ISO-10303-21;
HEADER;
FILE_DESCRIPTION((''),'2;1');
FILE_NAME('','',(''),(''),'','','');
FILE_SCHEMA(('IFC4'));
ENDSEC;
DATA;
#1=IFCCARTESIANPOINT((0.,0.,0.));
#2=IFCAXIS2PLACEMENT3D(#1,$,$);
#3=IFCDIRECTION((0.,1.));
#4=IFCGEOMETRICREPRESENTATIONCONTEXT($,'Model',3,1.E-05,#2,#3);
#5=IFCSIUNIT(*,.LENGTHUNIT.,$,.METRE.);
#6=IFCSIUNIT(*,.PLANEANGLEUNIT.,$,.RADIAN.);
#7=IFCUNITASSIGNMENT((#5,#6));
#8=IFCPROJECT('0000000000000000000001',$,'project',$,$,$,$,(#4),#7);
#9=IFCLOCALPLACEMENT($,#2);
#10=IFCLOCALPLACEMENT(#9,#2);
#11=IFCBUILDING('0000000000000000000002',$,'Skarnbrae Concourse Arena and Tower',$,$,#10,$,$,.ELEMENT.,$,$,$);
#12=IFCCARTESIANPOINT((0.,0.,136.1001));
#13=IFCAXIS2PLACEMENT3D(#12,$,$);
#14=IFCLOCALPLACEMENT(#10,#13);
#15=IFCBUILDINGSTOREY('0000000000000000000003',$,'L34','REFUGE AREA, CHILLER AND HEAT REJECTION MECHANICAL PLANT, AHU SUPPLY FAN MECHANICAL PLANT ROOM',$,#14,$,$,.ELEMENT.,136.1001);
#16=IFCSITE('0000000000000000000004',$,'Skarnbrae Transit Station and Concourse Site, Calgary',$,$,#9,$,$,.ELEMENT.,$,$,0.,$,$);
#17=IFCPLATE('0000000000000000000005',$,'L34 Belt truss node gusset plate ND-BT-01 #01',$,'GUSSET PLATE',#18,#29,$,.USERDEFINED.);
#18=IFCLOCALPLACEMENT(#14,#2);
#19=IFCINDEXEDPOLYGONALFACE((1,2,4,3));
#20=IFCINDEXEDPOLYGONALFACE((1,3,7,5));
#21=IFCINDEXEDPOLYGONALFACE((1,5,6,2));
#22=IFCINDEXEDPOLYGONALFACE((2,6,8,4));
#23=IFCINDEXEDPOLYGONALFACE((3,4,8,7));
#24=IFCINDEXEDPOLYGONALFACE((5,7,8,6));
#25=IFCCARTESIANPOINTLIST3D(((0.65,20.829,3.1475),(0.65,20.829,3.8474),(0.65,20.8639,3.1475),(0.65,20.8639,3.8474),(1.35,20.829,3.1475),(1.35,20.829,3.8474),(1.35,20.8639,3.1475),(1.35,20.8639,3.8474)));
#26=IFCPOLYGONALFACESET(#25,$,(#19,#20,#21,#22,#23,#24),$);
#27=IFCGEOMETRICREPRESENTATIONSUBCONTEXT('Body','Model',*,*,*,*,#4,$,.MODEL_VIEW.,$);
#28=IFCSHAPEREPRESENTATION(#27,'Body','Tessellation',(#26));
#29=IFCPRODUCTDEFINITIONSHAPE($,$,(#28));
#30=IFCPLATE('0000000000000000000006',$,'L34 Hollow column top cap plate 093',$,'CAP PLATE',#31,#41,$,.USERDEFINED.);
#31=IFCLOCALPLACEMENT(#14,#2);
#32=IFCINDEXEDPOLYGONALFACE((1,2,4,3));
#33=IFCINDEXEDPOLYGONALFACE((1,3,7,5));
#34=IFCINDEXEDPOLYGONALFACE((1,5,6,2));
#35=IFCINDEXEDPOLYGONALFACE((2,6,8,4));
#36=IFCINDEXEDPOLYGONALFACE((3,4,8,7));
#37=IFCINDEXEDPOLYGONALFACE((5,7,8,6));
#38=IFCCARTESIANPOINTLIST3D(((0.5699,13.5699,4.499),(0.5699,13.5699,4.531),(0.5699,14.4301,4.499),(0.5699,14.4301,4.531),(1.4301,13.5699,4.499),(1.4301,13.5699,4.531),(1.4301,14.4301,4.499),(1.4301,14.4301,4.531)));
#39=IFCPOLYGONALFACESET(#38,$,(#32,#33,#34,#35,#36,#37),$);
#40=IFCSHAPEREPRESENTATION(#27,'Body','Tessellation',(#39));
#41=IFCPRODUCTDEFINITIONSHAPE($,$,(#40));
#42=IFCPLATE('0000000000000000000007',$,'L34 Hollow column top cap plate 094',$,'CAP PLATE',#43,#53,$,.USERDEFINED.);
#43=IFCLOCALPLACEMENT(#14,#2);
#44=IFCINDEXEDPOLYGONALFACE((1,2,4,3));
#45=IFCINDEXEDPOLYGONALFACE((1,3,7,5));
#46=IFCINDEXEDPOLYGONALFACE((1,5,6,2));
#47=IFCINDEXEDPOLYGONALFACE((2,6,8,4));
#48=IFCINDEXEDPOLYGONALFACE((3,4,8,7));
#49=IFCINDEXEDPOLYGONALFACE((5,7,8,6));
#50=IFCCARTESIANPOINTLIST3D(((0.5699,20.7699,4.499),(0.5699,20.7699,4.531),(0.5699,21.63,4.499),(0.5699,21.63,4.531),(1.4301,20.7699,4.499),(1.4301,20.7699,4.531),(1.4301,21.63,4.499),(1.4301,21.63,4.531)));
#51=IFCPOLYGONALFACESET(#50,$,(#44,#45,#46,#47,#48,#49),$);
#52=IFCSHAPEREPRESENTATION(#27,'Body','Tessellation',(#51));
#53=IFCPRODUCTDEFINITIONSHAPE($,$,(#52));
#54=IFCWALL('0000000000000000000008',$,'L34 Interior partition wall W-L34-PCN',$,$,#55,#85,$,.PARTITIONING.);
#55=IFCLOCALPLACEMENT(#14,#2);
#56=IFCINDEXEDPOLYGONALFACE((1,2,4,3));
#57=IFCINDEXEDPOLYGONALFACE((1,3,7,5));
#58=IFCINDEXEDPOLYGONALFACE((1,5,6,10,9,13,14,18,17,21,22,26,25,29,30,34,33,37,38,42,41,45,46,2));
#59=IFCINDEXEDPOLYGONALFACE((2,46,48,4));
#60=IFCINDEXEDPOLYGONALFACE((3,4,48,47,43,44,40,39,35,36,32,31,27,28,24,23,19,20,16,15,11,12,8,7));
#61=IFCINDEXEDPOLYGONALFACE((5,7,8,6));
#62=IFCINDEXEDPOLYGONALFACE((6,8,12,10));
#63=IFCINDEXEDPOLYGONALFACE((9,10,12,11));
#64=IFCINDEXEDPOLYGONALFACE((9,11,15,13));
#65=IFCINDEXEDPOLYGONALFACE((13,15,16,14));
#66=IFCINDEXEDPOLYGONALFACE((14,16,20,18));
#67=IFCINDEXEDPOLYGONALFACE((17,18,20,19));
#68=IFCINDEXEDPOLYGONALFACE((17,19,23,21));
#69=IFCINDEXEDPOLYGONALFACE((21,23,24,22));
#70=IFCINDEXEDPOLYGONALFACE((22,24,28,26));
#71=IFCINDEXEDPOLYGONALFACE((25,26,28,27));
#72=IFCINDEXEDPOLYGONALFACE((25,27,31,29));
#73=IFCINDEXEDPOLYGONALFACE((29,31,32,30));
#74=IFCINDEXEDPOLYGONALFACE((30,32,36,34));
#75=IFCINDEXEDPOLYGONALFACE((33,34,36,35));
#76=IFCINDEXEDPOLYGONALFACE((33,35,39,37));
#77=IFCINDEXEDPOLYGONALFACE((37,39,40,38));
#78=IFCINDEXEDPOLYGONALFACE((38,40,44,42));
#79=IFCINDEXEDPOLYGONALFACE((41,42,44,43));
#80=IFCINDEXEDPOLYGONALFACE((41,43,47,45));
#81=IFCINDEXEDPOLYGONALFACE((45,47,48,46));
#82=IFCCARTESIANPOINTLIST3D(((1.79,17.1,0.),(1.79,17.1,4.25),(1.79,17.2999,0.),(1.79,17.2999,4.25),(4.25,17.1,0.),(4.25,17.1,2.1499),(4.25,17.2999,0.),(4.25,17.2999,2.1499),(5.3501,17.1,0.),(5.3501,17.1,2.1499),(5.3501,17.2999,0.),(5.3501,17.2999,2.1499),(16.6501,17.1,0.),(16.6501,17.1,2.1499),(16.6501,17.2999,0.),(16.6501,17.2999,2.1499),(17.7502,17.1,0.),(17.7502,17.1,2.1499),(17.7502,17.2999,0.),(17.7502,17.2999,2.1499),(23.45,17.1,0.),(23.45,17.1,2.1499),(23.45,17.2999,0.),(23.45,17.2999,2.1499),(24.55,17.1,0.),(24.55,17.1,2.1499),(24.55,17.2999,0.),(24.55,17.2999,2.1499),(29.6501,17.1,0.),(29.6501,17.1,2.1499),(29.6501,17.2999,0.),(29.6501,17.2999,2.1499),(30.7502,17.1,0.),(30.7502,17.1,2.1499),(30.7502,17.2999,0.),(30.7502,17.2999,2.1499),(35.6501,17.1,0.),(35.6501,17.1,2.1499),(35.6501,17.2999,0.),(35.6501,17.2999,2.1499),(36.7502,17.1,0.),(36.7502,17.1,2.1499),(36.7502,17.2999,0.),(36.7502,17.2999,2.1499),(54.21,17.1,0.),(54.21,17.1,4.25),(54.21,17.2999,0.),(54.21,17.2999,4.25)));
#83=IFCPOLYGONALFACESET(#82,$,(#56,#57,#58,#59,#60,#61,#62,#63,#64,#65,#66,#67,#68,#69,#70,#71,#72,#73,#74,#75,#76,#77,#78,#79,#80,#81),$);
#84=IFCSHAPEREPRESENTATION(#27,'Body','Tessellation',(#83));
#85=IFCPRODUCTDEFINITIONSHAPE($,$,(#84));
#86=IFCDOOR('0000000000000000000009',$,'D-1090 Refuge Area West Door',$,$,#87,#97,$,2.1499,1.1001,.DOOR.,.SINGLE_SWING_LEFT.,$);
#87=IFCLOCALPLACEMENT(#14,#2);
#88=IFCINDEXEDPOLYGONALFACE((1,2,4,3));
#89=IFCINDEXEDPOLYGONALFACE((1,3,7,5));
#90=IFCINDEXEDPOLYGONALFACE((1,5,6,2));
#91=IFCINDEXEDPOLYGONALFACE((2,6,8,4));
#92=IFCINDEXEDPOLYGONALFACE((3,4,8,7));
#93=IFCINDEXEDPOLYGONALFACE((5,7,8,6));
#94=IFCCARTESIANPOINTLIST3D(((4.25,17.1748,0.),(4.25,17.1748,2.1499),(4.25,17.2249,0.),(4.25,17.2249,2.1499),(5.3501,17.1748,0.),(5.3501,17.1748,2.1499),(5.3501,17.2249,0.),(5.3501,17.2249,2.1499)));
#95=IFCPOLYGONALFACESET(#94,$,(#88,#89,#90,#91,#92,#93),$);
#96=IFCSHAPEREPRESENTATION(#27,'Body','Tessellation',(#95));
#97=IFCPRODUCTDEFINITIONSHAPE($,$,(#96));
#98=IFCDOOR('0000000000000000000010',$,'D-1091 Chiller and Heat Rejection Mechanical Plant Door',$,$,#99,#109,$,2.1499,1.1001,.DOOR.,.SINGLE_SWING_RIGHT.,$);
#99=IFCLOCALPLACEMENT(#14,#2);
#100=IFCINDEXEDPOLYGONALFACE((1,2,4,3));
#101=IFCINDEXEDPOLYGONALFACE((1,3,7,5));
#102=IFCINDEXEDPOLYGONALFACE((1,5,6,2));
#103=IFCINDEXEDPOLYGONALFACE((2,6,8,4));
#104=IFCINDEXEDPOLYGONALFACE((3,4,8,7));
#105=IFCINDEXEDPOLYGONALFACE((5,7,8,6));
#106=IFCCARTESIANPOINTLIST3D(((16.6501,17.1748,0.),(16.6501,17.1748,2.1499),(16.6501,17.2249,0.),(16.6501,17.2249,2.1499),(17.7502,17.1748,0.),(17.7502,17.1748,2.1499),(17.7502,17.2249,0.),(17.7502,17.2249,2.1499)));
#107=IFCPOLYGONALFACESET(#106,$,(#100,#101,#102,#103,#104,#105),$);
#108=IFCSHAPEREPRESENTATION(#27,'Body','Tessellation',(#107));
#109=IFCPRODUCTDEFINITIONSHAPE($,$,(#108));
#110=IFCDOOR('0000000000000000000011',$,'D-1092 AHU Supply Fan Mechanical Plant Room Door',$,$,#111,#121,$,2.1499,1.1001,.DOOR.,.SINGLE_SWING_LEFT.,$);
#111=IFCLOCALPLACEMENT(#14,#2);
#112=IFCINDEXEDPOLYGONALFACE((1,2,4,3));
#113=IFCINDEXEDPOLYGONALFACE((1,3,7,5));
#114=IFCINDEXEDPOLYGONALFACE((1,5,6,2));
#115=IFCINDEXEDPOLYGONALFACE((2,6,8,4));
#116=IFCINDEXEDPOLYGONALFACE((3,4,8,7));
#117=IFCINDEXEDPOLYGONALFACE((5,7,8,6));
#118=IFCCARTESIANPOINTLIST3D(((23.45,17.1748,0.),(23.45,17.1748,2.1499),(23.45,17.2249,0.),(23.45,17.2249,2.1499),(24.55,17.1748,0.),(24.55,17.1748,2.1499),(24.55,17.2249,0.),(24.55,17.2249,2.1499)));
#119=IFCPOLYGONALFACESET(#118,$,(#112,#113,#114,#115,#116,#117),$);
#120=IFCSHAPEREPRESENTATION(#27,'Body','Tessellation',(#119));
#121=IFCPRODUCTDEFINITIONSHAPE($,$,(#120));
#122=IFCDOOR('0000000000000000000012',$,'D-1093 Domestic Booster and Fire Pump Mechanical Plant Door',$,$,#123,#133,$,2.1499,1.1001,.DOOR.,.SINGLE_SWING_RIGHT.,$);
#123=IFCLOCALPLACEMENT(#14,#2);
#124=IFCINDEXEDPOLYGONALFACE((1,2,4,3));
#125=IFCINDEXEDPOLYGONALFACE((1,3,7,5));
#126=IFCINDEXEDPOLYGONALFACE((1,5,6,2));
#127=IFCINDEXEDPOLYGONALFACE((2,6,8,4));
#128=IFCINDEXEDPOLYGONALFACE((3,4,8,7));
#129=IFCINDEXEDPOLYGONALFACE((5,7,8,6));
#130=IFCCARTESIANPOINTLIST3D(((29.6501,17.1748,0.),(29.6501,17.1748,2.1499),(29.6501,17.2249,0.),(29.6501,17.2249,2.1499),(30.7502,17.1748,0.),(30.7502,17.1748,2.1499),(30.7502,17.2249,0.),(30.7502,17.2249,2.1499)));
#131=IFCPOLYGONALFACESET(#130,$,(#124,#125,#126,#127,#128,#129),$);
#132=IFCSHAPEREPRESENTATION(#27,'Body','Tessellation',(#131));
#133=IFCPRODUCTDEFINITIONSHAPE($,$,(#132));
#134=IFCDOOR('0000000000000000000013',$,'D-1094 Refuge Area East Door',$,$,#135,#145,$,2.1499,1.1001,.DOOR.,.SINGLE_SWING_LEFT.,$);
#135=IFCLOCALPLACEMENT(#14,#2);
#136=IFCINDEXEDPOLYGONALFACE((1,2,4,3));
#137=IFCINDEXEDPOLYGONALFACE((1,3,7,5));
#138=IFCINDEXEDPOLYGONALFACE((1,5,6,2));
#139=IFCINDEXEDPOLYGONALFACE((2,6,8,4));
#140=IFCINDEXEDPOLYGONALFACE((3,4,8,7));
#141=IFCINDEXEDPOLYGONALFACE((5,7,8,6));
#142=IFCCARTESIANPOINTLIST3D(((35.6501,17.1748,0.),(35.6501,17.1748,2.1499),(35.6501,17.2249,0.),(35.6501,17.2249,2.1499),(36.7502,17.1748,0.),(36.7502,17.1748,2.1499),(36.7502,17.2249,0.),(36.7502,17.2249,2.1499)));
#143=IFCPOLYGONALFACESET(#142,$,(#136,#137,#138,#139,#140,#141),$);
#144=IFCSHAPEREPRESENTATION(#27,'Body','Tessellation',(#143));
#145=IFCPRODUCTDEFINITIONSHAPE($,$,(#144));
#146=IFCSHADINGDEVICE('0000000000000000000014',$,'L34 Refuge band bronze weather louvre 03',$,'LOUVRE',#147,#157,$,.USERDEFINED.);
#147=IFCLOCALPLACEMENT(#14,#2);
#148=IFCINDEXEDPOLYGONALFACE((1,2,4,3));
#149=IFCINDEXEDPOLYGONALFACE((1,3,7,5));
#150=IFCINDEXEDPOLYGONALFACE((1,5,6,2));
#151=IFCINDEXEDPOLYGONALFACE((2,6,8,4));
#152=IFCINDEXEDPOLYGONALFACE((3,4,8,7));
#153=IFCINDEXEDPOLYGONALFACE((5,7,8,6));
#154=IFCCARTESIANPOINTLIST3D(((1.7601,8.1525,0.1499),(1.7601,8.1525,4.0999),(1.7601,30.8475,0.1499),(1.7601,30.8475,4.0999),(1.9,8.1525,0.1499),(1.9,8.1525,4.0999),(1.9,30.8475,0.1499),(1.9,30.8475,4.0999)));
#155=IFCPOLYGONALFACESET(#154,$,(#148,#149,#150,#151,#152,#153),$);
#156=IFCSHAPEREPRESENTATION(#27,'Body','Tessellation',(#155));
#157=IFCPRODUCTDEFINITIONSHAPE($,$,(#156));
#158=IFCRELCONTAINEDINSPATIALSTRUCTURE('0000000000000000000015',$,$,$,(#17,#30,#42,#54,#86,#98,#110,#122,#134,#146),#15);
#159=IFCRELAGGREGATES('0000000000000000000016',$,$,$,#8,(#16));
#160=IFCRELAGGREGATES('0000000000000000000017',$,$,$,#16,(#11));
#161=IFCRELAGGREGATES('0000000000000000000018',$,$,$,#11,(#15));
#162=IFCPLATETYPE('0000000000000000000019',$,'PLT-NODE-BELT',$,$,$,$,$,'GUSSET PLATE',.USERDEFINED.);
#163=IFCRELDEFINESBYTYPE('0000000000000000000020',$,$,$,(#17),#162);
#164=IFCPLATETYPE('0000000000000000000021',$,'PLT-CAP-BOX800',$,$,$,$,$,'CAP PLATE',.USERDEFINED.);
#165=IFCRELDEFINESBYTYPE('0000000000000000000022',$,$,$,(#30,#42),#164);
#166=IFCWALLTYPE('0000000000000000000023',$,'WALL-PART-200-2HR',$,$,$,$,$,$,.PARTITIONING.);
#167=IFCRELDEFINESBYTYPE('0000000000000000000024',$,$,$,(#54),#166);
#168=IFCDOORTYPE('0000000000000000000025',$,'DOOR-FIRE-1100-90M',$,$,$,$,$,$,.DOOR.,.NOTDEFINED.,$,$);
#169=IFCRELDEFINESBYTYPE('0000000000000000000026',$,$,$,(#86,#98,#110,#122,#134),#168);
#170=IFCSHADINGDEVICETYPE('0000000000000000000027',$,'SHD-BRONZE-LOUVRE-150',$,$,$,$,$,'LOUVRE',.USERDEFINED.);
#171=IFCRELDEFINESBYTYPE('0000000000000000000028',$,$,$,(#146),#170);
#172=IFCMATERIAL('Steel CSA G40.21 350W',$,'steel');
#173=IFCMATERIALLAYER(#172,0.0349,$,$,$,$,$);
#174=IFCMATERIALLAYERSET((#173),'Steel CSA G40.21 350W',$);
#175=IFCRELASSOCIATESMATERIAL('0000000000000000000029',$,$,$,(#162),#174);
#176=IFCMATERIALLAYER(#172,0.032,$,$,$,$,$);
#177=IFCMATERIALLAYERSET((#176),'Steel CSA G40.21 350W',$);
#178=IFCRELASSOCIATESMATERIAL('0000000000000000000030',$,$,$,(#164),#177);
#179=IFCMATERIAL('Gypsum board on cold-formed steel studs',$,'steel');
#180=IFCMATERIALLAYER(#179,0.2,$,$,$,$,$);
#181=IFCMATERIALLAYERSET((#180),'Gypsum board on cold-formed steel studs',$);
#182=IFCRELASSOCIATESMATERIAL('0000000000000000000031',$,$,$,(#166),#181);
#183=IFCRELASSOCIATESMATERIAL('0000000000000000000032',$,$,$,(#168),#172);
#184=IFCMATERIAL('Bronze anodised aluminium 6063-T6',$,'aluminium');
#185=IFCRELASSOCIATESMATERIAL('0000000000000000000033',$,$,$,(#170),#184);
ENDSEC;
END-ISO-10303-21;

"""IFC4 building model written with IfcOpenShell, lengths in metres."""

from ifc_helpers import new_model, si_unit, direction, frame, frame_2d, origin, origin_2d, place, context, subcontext, project, spatial, rectangle, extrude, source, transform, mapped, material, layer, layer_set, type_object, element, fill, save


model = new_model("IFC4")

# Units and contexts
model_context = context("Model", 3, precision=1e-05, world=origin(), true_north=direction((0.0, 1.0)))
body_context = subcontext(model_context, "Body", "Model", "MODEL_VIEW")
ifc_project = project(units=[si_unit("LENGTHUNIT", "METRE"), si_unit("PLANEANGLEUNIT", "RADIAN")], contexts=[model_context])

# Site, building, storey
site_placement = place(None, origin())
site = spatial("IfcSite", under=ifc_project, at=site_placement, Name="Skarnbrae Transit Station and Concourse Site, Calgary", CompositionType="ELEMENT", RefElevation=0.0)
building_placement = place(site_placement, origin())
building = spatial("IfcBuilding", under=site, at=building_placement, Name="Skarnbrae Concourse Arena and Tower", CompositionType="ELEMENT")
storey_placement = place(building_placement, frame((0.0, 0.0, 136.1001)))
storey = spatial("IfcBuildingStorey", under=building, at=storey_placement, Name="L34", Description="REFUGE AREA, CHILLER AND HEAT REJECTION MECHANICAL PLANT, AHU SUPPLY FAN MECHANICAL PLANT ROOM", CompositionType="ELEMENT", Elevation=136.1001)

# Shared definitions
ifc_material_1 = material(Name="Steel CSA G40.21 350W", Category="steel")

# Plates
ifc_layer_1 = layer(ifc_material_1, 0.0349)
ifc_layer_set_1 = layer_set([ifc_layer_1], Name="Steel CSA G40.21 350W")
plate_type_1 = type_object("IfcPlateType", Name="PLT-NODE-BELT", ElementType="GUSSET PLATE", PredefinedType="USERDEFINED", material=ifc_layer_set_1)
shared_shape_1 = source(origin(), body_context, "Body", "SweptSolid", [
    extrude(rectangle(XDim=0.7, YDim=0.0349, at=origin_2d()), origin(), (0.0, 0.0, 1.0), 0.7),
])
plate_placement = place(storey_placement, frame((1.0, 20.8464, 3.1475), z_axis=(0.0, 0.0, 1.0), x_axis=(1.0, 0.0, 0.0)))
element("IfcPlate", 1, at=plate_placement, inside=storey, type_object=plate_type_1, Name="L34 Belt truss node gusset plate ND-BT-01 #01", ObjectType="GUSSET PLATE", PredefinedType="USERDEFINED", context=body_context, shape_type="MappedRepresentation", body=[
    mapped(shared_shape_1, transform((0.0, 0.0, 0.0))),
])
ifc_layer_2 = layer(ifc_material_1, 0.032)
ifc_layer_set_2 = layer_set([ifc_layer_2], Name="Steel CSA G40.21 350W")
plate_type_2 = type_object("IfcPlateType", Name="PLT-CAP-BOX800", ElementType="CAP PLATE", PredefinedType="USERDEFINED", material=ifc_layer_set_2)
shared_shape_2 = source(origin(), body_context, "Body", "SweptSolid", [
    extrude(rectangle(XDim=0.8601, YDim=0.8601, at=origin_2d()), origin(), (0.0, 0.0, 1.0), 0.032),
])
for number, where, z_axis, x_axis, name in (
    (2, (1.0, 14.0, 4.499), (0.0, 0.0, 1.0), (1.0, 0.0, 0.0), "L34 Hollow column top cap plate 093"),
    (3, (1.0, 21.2, 4.499), (0.0, 0.0, 1.0), (1.0, 0.0, 0.0), "L34 Hollow column top cap plate 094"),
):
    element("IfcPlate", number, at=place(storey_placement, frame(where, z_axis=z_axis, x_axis=x_axis)), inside=storey, type_object=plate_type_2, Name=name, ObjectType="CAP PLATE", PredefinedType="USERDEFINED", context=body_context, shape_type="MappedRepresentation", body=[
        mapped(shared_shape_2, transform((0.0, 0.0, 0.0))),
    ])

# Wall, openings, doors
ifc_material_2 = material(Name="Gypsum board on cold-formed steel studs", Category="steel")
ifc_layer_3 = layer(ifc_material_2, 0.2)
ifc_layer_set_3 = layer_set([ifc_layer_3], Name="Gypsum board on cold-formed steel studs")
wall_type = type_object("IfcWallType", Name="WALL-PART-200-2HR", PredefinedType="PARTITIONING", material=ifc_layer_set_3)
shared_shape_3 = source(origin(), body_context, "Body", "SweptSolid", [
    extrude(rectangle(XDim=52.4199, YDim=0.2, at=frame_2d((26.21, 0.0))), origin(), (0.0, 0.0, 1.0), 4.25),
])
wall_placement = place(storey_placement, frame((1.79, 17.2, 0.0), z_axis=(0.0, 0.0, 1.0), x_axis=(1.0, 0.0, 0.0)))
wall = element("IfcWall", 4, at=wall_placement, inside=storey, type_object=wall_type, Name="L34 Interior partition wall W-L34-PCN", PredefinedType="PARTITIONING", context=body_context, shape_type="MappedRepresentation", body=[
    mapped(shared_shape_3, transform((0.0, 0.0, 0.0))),
])
opening_1_placement = place(wall_placement, frame((2.46, 0.0, 0.0)))
opening_1 = element("IfcOpeningElement", 5, at=opening_1_placement, cuts=wall, PredefinedType="OPENING", context=body_context, shape_type="SweptSolid", body=[
    extrude(rectangle(XDim=1.1001, YDim=2.1499, at=frame_2d((0.55, 1.075))), frame((0.0, 0.1099, 0.0), z_axis=(0.0, -1.0, 0.0), x_axis=(1.0, 0.0, 0.0)), (0.0, 0.0, 1.0), 0.22),
])
opening_2_placement = place(wall_placement, frame((14.8601, 0.0, 0.0)))
opening_2 = element("IfcOpeningElement", 6, at=opening_2_placement, cuts=wall, PredefinedType="OPENING", context=body_context, shape_type="SweptSolid", body=[
    extrude(rectangle(XDim=1.1001, YDim=2.1499, at=frame_2d((0.55, 1.075))), frame((0.0, 0.1099, 0.0), z_axis=(0.0, -1.0, 0.0), x_axis=(1.0, 0.0, 0.0)), (0.0, 0.0, 1.0), 0.22),
])
opening_3_placement = place(wall_placement, frame((21.6599, 0.0, 0.0)))
opening_3 = element("IfcOpeningElement", 7, at=opening_3_placement, cuts=wall, PredefinedType="OPENING", context=body_context, shape_type="SweptSolid", body=[
    extrude(rectangle(XDim=1.1001, YDim=2.1499, at=frame_2d((0.55, 1.075))), frame((0.0, 0.1099, 0.0), z_axis=(0.0, -1.0, 0.0), x_axis=(1.0, 0.0, 0.0)), (0.0, 0.0, 1.0), 0.22),
])
opening_4_placement = place(wall_placement, frame((27.8601, 0.0, 0.0)))
opening_4 = element("IfcOpeningElement", 8, at=opening_4_placement, cuts=wall, PredefinedType="OPENING", context=body_context, shape_type="SweptSolid", body=[
    extrude(rectangle(XDim=1.1001, YDim=2.1499, at=frame_2d((0.55, 1.075))), frame((0.0, 0.1099, 0.0), z_axis=(0.0, -1.0, 0.0), x_axis=(1.0, 0.0, 0.0)), (0.0, 0.0, 1.0), 0.22),
])
opening_5_placement = place(wall_placement, frame((33.8601, 0.0, 0.0)))
opening_5 = element("IfcOpeningElement", 9, at=opening_5_placement, cuts=wall, PredefinedType="OPENING", context=body_context, shape_type="SweptSolid", body=[
    extrude(rectangle(XDim=1.1001, YDim=2.1499, at=frame_2d((0.55, 1.075))), frame((0.0, 0.1099, 0.0), z_axis=(0.0, -1.0, 0.0), x_axis=(1.0, 0.0, 0.0)), (0.0, 0.0, 1.0), 0.22),
])
door_type = type_object("IfcDoorType", Name="DOOR-FIRE-1100-90M", OperationType="NOTDEFINED", PredefinedType="DOOR", material=ifc_material_1)
shared_shape_4 = source(origin(), body_context, "Body", "SweptSolid", [
    extrude(rectangle(XDim=1.1001, YDim=2.1499, at=frame_2d((0.55, 1.075))), frame((0.0, 0.0249, 0.0), z_axis=(0.0, -1.0, 0.0), x_axis=(1.0, 0.0, 0.0)), (0.0, 0.0, 1.0), 0.05),
])
door_1_placement = place(opening_1_placement, origin())
door_1 = element("IfcDoor", 10, at=door_1_placement, inside=storey, type_object=door_type, Name="D-1090 Refuge Area West Door", OperationType="SINGLE_SWING_LEFT", OverallHeight=2.1499, OverallWidth=1.1001, PredefinedType="DOOR", context=body_context, shape_type="MappedRepresentation", body=[
    mapped(shared_shape_4, transform((0.0, 0.0, 0.0))),
])
fill(opening_1, door_1)
door_2_placement = place(opening_2_placement, origin())
door_2 = element("IfcDoor", 11, at=door_2_placement, inside=storey, type_object=door_type, Name="D-1091 Chiller and Heat Rejection Mechanical Plant Door", OperationType="SINGLE_SWING_RIGHT", OverallHeight=2.1499, OverallWidth=1.1001, PredefinedType="DOOR", context=body_context, shape_type="MappedRepresentation", body=[
    mapped(shared_shape_4, transform((0.0, 0.0, 0.0))),
])
fill(opening_2, door_2)
door_3_placement = place(opening_3_placement, origin())
door_3 = element("IfcDoor", 12, at=door_3_placement, inside=storey, type_object=door_type, Name="D-1092 AHU Supply Fan Mechanical Plant Room Door", OperationType="SINGLE_SWING_LEFT", OverallHeight=2.1499, OverallWidth=1.1001, PredefinedType="DOOR", context=body_context, shape_type="MappedRepresentation", body=[
    mapped(shared_shape_4, transform((0.0, 0.0, 0.0))),
])
fill(opening_3, door_3)
door_4_placement = place(opening_4_placement, origin())
door_4 = element("IfcDoor", 13, at=door_4_placement, inside=storey, type_object=door_type, Name="D-1093 Domestic Booster and Fire Pump Mechanical Plant Door", OperationType="SINGLE_SWING_RIGHT", OverallHeight=2.1499, OverallWidth=1.1001, PredefinedType="DOOR", context=body_context, shape_type="MappedRepresentation", body=[
    mapped(shared_shape_4, transform((0.0, 0.0, 0.0))),
])
fill(opening_4, door_4)
door_5_placement = place(opening_5_placement, origin())
door_5 = element("IfcDoor", 14, at=door_5_placement, inside=storey, type_object=door_type, Name="D-1094 Refuge Area East Door", OperationType="SINGLE_SWING_LEFT", OverallHeight=2.1499, OverallWidth=1.1001, PredefinedType="DOOR", context=body_context, shape_type="MappedRepresentation", body=[
    mapped(shared_shape_4, transform((0.0, 0.0, 0.0))),
])
fill(opening_5, door_5)

# Shading device
ifc_material_3 = material(Name="Bronze anodised aluminium 6063-T6", Category="aluminium")
shading_device_type = type_object("IfcShadingDeviceType", Name="SHD-BRONZE-LOUVRE-150", ElementType="LOUVRE", PredefinedType="USERDEFINED", material=ifc_material_3)
shared_shape_5 = source(origin(), body_context, "Body", "SweptSolid", [
    extrude(rectangle(XDim=22.6951, YDim=0.1399, at=origin_2d()), origin(), (0.0, 0.0, 1.0), 3.95),
])
shading_device_placement = place(storey_placement, frame((1.8301, 19.5, 0.1499), z_axis=(0.0, 0.0, 1.0), x_axis=(0.0, 1.0, 0.0)))
element("IfcShadingDevice", 15, at=shading_device_placement, inside=storey, type_object=shading_device_type, Name="L34 Refuge band bronze weather louvre 03", ObjectType="LOUVRE", PredefinedType="USERDEFINED", context=body_context, shape_type="MappedRepresentation", body=[
    mapped(shared_shape_5, transform((0.0, 0.0, 0.0))),
])

save(model, "model.ifc")
